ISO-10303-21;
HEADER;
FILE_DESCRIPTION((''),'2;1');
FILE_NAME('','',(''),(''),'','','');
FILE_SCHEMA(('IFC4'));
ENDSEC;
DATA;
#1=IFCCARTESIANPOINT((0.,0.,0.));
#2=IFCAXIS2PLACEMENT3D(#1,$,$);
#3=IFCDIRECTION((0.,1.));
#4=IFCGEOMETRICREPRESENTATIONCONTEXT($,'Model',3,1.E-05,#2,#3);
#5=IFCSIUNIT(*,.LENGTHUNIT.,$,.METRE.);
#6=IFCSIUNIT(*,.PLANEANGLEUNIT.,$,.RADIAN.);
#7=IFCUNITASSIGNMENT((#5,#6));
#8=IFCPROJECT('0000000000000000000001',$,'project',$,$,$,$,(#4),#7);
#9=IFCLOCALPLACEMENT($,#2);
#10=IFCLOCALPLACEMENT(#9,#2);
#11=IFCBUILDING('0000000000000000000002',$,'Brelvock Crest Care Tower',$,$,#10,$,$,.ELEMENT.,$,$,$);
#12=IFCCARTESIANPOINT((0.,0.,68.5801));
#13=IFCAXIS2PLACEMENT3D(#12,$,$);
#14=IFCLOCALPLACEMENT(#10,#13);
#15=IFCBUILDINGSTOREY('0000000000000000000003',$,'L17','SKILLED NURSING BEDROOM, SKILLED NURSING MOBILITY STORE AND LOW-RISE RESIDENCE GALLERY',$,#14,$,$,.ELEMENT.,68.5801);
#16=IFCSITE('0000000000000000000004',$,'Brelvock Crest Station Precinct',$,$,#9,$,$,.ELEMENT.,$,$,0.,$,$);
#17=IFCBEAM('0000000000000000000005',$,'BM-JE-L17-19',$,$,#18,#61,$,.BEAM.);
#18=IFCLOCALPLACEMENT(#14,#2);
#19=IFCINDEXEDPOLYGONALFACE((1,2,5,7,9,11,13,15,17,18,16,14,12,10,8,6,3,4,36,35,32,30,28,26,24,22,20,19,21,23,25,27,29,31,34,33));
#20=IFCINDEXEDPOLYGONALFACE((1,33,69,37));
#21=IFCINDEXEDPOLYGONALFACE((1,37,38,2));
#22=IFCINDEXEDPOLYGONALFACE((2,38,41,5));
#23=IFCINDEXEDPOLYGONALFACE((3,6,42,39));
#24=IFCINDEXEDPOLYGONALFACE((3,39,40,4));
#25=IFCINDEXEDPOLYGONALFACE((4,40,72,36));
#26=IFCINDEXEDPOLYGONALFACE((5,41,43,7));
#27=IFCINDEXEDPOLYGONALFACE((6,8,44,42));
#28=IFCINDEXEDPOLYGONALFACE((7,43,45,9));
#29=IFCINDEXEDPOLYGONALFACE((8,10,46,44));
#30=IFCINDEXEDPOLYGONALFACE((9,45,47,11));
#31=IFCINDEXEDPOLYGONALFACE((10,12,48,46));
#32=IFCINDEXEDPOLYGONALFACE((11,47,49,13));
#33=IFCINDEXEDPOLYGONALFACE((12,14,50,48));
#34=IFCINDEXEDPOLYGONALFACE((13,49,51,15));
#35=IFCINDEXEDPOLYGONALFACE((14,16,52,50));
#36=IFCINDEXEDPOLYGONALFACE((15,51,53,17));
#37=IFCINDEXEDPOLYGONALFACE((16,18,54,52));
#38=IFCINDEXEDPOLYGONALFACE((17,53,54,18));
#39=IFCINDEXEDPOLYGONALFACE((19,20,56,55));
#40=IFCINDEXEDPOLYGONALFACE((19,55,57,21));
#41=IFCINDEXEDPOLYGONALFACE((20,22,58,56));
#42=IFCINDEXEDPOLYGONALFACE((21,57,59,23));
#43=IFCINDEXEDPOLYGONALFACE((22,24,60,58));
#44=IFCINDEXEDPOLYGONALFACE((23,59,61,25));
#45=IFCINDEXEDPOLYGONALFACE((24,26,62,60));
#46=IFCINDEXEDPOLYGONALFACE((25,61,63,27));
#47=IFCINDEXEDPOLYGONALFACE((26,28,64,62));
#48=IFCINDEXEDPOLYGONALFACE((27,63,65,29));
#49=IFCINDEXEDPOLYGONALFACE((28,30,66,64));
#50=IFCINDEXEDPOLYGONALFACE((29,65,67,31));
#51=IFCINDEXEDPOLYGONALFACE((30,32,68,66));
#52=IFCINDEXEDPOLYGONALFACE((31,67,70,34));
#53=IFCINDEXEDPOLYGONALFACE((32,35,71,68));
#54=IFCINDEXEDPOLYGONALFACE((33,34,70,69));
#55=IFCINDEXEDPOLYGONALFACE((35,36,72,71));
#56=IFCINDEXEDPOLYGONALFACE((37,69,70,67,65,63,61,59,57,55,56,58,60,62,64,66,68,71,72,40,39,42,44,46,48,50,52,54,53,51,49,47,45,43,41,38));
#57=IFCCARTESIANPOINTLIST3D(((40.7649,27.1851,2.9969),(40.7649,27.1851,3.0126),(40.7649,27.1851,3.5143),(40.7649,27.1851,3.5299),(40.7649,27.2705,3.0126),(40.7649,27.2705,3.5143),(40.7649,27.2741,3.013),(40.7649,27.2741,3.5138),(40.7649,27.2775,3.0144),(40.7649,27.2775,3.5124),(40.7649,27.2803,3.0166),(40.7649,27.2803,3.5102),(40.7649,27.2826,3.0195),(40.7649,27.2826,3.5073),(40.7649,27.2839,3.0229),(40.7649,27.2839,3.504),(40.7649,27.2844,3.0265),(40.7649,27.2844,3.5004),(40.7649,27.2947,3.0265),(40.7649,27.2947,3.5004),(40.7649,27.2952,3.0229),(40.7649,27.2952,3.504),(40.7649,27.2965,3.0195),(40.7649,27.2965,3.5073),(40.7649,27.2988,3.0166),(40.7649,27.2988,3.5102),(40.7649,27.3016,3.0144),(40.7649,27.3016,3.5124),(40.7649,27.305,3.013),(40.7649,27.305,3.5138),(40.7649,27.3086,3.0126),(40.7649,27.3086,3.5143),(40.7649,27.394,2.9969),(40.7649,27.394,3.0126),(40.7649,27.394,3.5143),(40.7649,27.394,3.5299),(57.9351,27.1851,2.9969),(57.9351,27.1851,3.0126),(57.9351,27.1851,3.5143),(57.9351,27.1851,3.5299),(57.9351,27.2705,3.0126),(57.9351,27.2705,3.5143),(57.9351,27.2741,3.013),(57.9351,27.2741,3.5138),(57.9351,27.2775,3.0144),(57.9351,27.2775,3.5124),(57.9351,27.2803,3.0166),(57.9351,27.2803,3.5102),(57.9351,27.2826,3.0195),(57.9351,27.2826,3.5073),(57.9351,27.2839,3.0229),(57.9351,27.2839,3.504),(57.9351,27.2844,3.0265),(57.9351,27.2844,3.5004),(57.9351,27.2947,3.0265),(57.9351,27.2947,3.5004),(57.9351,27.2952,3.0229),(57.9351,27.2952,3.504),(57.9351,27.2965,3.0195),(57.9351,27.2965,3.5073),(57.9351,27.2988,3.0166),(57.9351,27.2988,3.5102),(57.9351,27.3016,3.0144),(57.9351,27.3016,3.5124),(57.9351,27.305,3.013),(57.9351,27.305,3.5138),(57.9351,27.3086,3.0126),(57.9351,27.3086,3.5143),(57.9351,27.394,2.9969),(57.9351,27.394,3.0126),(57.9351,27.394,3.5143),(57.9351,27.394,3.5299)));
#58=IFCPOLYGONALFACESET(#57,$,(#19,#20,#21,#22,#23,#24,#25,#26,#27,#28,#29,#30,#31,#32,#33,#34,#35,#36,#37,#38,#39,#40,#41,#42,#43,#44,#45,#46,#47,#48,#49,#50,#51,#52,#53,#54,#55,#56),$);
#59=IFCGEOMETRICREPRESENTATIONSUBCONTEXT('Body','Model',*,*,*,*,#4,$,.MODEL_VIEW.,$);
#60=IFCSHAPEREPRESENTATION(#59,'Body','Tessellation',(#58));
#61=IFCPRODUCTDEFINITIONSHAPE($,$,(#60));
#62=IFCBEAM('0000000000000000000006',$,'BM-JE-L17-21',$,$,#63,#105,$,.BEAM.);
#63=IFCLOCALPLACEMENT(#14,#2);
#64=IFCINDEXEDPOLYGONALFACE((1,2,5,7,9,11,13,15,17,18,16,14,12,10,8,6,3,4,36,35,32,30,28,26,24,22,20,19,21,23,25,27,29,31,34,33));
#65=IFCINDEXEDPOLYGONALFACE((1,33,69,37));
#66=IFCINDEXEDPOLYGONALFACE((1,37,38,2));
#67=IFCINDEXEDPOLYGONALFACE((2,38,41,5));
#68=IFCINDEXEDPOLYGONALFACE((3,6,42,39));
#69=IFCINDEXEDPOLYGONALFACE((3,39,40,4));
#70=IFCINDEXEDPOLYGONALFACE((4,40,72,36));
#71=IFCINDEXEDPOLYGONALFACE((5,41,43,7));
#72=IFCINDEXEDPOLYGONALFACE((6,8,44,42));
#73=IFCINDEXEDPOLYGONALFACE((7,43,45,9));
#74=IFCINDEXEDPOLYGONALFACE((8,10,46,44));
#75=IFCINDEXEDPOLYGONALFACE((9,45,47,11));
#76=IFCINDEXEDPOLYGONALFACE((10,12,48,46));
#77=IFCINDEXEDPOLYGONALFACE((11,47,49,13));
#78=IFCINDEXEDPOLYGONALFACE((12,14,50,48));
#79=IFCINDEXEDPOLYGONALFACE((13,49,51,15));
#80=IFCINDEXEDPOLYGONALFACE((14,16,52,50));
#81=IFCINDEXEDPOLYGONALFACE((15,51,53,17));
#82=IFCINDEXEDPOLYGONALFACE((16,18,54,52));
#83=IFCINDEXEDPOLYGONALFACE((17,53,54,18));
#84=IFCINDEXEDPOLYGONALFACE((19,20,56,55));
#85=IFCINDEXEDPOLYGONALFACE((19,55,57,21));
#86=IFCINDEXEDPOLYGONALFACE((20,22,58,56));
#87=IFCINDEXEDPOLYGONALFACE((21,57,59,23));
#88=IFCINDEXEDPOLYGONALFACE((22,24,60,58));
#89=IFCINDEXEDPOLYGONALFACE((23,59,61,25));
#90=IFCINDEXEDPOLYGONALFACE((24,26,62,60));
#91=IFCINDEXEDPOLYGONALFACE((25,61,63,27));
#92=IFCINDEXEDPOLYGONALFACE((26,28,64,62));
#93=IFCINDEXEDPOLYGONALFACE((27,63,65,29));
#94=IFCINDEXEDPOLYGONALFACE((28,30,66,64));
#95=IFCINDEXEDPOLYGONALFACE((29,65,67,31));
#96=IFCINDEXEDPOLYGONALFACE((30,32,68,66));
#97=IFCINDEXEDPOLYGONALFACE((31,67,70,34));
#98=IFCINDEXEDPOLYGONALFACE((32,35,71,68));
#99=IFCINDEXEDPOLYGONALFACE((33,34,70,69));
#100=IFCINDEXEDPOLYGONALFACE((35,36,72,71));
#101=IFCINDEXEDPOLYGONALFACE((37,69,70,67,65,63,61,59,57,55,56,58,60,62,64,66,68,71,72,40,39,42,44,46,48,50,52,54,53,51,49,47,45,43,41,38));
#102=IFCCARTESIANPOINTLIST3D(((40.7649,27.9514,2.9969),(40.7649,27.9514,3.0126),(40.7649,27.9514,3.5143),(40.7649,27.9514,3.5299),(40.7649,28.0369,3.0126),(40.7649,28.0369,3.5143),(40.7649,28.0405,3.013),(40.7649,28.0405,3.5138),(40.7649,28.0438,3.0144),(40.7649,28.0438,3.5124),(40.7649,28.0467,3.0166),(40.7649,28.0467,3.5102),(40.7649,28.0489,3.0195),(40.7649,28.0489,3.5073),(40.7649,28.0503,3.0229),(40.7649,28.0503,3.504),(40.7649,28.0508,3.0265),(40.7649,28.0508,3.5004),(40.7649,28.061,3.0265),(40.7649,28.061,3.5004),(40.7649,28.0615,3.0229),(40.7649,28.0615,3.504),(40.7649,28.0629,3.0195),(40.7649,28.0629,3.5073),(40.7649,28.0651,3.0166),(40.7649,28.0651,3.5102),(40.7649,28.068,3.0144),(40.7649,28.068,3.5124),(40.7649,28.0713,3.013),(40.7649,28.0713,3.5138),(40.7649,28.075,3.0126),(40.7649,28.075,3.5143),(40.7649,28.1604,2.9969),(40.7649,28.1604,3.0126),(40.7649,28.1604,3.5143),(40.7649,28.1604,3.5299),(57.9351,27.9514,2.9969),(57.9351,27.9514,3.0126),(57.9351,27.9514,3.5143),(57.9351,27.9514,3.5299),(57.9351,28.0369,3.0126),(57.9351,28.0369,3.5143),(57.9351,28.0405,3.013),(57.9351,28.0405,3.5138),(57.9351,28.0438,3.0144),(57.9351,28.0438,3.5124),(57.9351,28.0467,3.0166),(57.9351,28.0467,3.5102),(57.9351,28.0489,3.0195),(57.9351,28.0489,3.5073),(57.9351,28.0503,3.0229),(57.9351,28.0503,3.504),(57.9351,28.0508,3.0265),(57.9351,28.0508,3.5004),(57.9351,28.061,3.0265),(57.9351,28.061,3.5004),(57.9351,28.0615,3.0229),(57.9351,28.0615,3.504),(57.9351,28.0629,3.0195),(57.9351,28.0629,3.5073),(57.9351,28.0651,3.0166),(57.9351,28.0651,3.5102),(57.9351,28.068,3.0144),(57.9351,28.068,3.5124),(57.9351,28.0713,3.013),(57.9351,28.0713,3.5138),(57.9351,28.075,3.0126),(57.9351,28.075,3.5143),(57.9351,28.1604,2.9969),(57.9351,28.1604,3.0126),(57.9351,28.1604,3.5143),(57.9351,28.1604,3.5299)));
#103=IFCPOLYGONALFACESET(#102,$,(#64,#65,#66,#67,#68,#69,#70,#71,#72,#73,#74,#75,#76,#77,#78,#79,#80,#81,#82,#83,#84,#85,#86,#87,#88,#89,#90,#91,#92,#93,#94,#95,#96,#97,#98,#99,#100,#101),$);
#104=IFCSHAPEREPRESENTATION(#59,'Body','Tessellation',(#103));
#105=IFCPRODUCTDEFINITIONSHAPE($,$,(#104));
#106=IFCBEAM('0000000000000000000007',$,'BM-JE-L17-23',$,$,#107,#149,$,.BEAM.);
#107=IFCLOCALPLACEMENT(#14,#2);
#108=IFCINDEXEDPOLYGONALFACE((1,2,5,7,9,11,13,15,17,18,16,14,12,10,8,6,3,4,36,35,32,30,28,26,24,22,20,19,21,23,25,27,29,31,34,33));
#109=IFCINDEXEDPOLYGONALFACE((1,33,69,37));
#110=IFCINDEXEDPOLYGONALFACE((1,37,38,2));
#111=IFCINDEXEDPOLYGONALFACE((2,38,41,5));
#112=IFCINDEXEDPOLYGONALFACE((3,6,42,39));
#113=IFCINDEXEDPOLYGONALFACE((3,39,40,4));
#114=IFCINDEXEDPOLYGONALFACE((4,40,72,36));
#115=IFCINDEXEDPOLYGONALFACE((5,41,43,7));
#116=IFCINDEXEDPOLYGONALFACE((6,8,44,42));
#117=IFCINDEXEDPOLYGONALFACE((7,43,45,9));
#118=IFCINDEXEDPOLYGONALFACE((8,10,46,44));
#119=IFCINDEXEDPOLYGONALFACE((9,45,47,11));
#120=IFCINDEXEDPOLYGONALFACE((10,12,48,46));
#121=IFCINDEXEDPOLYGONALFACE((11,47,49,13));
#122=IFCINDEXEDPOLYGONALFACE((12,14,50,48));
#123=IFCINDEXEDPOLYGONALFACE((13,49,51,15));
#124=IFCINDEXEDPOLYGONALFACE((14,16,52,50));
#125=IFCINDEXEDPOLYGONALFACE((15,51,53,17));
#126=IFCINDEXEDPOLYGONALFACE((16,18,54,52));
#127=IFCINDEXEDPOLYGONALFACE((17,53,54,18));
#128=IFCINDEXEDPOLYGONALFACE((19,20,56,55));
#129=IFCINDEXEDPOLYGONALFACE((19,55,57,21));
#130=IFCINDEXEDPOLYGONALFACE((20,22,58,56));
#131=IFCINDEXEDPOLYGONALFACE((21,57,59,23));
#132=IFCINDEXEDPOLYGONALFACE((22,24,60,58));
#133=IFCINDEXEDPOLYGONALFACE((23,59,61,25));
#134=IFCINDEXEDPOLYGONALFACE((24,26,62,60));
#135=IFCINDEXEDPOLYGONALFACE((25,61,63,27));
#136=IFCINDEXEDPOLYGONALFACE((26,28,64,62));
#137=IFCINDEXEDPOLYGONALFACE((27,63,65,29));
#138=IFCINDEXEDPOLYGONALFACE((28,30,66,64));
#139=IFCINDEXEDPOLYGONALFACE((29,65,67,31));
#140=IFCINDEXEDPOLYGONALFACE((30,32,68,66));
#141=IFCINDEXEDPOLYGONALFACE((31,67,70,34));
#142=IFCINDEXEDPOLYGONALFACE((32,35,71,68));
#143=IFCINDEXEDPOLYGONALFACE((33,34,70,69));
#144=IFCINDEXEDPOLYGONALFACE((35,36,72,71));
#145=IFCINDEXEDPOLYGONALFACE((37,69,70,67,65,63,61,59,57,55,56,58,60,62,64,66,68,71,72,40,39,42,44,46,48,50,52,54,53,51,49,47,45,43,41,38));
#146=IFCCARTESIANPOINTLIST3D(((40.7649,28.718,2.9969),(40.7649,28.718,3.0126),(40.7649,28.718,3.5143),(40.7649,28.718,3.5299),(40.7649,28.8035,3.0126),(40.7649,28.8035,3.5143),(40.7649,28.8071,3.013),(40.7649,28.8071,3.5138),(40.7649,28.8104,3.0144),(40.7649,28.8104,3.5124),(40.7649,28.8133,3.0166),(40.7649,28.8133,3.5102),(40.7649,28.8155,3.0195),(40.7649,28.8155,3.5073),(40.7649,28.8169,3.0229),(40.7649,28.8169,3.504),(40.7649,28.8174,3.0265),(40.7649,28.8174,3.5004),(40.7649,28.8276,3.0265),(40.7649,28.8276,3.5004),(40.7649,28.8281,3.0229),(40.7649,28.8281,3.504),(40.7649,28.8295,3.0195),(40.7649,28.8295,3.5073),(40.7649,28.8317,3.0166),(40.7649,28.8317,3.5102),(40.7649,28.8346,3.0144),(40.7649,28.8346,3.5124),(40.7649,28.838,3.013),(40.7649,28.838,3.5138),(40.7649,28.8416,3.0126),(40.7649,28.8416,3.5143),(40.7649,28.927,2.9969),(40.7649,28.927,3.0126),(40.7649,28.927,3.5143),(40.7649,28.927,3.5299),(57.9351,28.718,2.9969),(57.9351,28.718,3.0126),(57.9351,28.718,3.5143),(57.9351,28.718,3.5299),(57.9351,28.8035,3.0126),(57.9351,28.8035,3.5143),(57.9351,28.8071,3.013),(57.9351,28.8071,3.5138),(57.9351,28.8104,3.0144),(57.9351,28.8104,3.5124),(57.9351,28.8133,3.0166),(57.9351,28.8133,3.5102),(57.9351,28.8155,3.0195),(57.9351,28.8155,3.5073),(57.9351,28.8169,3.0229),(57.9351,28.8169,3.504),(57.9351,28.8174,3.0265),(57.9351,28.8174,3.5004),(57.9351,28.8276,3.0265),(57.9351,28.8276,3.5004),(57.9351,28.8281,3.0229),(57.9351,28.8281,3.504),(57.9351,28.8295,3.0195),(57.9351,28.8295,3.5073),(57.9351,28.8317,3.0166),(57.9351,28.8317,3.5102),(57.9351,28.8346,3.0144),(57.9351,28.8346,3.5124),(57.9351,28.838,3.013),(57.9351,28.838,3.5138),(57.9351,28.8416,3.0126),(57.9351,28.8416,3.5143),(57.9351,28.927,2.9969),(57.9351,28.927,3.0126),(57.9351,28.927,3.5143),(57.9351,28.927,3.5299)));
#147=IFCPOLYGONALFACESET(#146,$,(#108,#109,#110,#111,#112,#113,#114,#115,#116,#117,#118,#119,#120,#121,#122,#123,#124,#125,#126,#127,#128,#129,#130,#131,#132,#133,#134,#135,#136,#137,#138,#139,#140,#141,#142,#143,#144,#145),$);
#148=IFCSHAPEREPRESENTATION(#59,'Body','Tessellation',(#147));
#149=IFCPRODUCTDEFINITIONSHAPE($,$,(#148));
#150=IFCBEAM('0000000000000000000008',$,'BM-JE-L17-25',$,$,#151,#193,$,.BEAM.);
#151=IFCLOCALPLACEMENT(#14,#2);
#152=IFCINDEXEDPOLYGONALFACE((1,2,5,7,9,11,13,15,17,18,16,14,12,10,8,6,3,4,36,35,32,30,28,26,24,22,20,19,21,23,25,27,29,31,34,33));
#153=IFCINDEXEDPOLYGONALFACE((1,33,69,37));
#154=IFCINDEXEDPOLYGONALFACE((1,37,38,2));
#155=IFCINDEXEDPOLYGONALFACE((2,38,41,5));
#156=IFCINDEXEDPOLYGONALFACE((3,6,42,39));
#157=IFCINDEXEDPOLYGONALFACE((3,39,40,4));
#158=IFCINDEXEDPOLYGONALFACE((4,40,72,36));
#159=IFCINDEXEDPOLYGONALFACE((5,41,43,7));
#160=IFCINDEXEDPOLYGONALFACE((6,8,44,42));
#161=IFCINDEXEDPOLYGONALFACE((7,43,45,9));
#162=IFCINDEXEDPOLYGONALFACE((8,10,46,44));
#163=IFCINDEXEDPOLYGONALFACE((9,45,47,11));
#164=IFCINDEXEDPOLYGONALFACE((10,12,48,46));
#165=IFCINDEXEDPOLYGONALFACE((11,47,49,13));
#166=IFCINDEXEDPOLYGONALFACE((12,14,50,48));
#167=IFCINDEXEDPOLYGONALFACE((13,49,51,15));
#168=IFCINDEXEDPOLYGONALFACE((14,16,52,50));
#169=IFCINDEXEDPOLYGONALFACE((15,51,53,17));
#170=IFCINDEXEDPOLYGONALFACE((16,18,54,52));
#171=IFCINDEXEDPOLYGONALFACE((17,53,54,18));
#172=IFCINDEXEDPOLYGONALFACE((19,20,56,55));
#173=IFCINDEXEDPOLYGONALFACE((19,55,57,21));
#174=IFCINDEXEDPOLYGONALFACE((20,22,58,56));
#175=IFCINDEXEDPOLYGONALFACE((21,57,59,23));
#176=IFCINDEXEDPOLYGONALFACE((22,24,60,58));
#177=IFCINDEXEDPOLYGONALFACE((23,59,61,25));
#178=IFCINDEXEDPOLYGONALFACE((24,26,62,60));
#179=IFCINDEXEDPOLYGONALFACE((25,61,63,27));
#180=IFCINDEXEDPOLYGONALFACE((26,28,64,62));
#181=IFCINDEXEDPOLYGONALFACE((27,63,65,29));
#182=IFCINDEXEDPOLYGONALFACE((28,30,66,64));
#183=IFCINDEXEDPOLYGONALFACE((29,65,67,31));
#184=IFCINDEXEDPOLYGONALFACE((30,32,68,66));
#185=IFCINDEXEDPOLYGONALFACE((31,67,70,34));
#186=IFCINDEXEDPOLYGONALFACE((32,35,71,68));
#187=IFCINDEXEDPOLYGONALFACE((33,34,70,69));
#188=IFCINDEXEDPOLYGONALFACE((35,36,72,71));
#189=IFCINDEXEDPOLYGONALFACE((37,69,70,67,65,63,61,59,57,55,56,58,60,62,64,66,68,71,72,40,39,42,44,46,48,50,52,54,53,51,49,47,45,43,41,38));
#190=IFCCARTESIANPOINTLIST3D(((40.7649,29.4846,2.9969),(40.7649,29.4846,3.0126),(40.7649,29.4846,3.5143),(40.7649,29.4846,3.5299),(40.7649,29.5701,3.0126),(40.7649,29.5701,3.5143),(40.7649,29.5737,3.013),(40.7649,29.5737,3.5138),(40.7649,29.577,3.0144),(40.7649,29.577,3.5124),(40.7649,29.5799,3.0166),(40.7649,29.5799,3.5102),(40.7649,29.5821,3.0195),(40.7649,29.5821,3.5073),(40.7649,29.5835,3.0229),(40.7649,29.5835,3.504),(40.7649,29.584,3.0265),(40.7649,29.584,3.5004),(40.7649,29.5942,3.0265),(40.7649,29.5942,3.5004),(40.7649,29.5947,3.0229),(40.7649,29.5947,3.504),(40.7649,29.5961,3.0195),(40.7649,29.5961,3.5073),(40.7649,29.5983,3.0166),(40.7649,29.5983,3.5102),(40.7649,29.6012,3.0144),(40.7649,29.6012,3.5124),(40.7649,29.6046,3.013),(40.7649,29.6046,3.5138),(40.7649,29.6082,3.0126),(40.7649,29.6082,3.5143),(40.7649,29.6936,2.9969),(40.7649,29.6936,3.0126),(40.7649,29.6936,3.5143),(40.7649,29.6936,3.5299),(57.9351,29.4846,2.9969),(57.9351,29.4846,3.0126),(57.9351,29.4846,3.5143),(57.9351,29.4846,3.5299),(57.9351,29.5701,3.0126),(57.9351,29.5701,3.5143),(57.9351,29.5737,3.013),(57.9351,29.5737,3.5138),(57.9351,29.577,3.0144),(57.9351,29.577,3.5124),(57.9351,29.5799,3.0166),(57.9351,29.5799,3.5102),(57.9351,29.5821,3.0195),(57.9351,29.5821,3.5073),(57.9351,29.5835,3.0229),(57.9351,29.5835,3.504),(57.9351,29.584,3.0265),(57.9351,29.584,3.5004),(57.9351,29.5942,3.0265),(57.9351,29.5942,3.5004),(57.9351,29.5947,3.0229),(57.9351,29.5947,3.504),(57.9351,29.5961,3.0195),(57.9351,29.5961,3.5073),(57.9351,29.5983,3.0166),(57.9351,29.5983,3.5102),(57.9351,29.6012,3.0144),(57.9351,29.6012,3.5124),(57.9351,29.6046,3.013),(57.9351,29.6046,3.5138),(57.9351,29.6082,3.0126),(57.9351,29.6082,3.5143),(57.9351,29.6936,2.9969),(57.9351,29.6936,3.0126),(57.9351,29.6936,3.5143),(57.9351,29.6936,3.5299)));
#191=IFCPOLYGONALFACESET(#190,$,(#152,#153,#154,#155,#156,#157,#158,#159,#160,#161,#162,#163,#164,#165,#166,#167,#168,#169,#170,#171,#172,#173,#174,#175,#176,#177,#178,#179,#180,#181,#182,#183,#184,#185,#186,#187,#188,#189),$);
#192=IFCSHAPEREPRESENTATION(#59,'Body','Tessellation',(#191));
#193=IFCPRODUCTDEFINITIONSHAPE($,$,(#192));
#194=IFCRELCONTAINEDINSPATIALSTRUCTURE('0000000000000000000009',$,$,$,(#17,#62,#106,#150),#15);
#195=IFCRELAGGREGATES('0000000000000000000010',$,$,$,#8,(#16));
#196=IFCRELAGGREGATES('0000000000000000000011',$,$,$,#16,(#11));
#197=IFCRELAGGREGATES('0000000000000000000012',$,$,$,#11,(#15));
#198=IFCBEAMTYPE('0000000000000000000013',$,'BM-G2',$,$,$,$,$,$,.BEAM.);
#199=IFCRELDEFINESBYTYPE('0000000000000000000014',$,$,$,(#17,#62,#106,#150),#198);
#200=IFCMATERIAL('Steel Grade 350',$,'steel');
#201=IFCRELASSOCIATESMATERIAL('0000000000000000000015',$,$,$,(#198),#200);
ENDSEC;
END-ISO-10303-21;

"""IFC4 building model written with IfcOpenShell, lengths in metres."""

from ifc_helpers import new_model, si_unit, direction, frame, origin, origin_2d, place, context, subcontext, project, spatial, i_section, extrude, source, transform, mapped, material, material_profile, profile_set, type_object, element, save


model = new_model("IFC4")

# Units and contexts
model_context = context("Model", 3, precision=1e-05, world=origin(), true_north=direction((0.0, 1.0)))
body_context = subcontext(model_context, "Body", "Model", "MODEL_VIEW")
ifc_project = project(units=[si_unit("LENGTHUNIT", "METRE"), si_unit("PLANEANGLEUNIT", "RADIAN")], contexts=[model_context])

# Site, building, storey
site_placement = place(None, origin())
site = spatial("IfcSite", under=ifc_project, at=site_placement, Name="Brelvock Crest Station Precinct", CompositionType="ELEMENT", RefElevation=0.0)
building_placement = place(site_placement, origin())
building = spatial("IfcBuilding", under=site, at=building_placement, Name="Brelvock Crest Care Tower", CompositionType="ELEMENT")
storey_placement = place(building_placement, frame((0.0, 0.0, 68.5801)))
storey = spatial("IfcBuildingStorey", under=building, at=storey_placement, Name="L17", Description="SKILLED NURSING BEDROOM, SKILLED NURSING MOBILITY STORE AND LOW-RISE RESIDENCE GALLERY", CompositionType="ELEMENT", Elevation=68.5801)

# Beams
ifc_material_1 = material(Name="Steel Grade 350", Category="steel")
ifc_material_profile_1 = material_profile(ifc_material_1, i_section(OverallWidth=0.209, OverallDepth=0.533, WebThickness=0.0103, FlangeThickness=0.0156, FilletRadius=0.0139, at=origin_2d()), Name="530UB92.4")
ifc_profile_set_1 = profile_set([ifc_material_profile_1], Name="Steel Grade 350")
beam_type_1 = type_object("IfcBeamType", Name="BM-G2", PredefinedType="BEAM", material=ifc_profile_set_1)
shared_shape_1 = source(origin(), body_context, "Body", "SweptSolid", [
    extrude(i_section(OverallWidth=0.209, OverallDepth=0.533, WebThickness=0.0103, FlangeThickness=0.0156, FilletRadius=0.0139, at=origin_2d()), origin(), (0.0, 0.0, 1.0), 17.1702),
])
for number, where, z_axis, x_axis, name in (
    (1, (40.7649, 27.2896, 3.2634), (1.0, 0.0, 0.0), (0.0, 1.0, 0.0), "BM-JE-L17-19"),
    (2, (40.7649, 28.0559, 3.2634), (1.0, 0.0, 0.0), (0.0, 1.0, 0.0), "BM-JE-L17-21"),
    (3, (40.7649, 28.8225, 3.2634), (1.0, 0.0, 0.0), (0.0, 1.0, 0.0), "BM-JE-L17-23"),
    (4, (40.7649, 29.5891, 3.2634), (1.0, 0.0, 0.0), (0.0, 1.0, 0.0), "BM-JE-L17-25"),
):
    element("IfcBeam", number, at=place(storey_placement, frame(where, z_axis=z_axis, x_axis=x_axis)), inside=storey, type_object=beam_type_1, Name=name, PredefinedType="BEAM", context=body_context, shape_type="MappedRepresentation", body=[
        mapped(shared_shape_1, transform((0.0, 0.0, 0.0), x_axis=(1.0, 0.0, 0.0), y_axis=(0.0, 1.0, 0.0), z_axis=(0.0, 0.0, 1.0), scale=1.0)),
    ])

save(model, "model.ifc")
